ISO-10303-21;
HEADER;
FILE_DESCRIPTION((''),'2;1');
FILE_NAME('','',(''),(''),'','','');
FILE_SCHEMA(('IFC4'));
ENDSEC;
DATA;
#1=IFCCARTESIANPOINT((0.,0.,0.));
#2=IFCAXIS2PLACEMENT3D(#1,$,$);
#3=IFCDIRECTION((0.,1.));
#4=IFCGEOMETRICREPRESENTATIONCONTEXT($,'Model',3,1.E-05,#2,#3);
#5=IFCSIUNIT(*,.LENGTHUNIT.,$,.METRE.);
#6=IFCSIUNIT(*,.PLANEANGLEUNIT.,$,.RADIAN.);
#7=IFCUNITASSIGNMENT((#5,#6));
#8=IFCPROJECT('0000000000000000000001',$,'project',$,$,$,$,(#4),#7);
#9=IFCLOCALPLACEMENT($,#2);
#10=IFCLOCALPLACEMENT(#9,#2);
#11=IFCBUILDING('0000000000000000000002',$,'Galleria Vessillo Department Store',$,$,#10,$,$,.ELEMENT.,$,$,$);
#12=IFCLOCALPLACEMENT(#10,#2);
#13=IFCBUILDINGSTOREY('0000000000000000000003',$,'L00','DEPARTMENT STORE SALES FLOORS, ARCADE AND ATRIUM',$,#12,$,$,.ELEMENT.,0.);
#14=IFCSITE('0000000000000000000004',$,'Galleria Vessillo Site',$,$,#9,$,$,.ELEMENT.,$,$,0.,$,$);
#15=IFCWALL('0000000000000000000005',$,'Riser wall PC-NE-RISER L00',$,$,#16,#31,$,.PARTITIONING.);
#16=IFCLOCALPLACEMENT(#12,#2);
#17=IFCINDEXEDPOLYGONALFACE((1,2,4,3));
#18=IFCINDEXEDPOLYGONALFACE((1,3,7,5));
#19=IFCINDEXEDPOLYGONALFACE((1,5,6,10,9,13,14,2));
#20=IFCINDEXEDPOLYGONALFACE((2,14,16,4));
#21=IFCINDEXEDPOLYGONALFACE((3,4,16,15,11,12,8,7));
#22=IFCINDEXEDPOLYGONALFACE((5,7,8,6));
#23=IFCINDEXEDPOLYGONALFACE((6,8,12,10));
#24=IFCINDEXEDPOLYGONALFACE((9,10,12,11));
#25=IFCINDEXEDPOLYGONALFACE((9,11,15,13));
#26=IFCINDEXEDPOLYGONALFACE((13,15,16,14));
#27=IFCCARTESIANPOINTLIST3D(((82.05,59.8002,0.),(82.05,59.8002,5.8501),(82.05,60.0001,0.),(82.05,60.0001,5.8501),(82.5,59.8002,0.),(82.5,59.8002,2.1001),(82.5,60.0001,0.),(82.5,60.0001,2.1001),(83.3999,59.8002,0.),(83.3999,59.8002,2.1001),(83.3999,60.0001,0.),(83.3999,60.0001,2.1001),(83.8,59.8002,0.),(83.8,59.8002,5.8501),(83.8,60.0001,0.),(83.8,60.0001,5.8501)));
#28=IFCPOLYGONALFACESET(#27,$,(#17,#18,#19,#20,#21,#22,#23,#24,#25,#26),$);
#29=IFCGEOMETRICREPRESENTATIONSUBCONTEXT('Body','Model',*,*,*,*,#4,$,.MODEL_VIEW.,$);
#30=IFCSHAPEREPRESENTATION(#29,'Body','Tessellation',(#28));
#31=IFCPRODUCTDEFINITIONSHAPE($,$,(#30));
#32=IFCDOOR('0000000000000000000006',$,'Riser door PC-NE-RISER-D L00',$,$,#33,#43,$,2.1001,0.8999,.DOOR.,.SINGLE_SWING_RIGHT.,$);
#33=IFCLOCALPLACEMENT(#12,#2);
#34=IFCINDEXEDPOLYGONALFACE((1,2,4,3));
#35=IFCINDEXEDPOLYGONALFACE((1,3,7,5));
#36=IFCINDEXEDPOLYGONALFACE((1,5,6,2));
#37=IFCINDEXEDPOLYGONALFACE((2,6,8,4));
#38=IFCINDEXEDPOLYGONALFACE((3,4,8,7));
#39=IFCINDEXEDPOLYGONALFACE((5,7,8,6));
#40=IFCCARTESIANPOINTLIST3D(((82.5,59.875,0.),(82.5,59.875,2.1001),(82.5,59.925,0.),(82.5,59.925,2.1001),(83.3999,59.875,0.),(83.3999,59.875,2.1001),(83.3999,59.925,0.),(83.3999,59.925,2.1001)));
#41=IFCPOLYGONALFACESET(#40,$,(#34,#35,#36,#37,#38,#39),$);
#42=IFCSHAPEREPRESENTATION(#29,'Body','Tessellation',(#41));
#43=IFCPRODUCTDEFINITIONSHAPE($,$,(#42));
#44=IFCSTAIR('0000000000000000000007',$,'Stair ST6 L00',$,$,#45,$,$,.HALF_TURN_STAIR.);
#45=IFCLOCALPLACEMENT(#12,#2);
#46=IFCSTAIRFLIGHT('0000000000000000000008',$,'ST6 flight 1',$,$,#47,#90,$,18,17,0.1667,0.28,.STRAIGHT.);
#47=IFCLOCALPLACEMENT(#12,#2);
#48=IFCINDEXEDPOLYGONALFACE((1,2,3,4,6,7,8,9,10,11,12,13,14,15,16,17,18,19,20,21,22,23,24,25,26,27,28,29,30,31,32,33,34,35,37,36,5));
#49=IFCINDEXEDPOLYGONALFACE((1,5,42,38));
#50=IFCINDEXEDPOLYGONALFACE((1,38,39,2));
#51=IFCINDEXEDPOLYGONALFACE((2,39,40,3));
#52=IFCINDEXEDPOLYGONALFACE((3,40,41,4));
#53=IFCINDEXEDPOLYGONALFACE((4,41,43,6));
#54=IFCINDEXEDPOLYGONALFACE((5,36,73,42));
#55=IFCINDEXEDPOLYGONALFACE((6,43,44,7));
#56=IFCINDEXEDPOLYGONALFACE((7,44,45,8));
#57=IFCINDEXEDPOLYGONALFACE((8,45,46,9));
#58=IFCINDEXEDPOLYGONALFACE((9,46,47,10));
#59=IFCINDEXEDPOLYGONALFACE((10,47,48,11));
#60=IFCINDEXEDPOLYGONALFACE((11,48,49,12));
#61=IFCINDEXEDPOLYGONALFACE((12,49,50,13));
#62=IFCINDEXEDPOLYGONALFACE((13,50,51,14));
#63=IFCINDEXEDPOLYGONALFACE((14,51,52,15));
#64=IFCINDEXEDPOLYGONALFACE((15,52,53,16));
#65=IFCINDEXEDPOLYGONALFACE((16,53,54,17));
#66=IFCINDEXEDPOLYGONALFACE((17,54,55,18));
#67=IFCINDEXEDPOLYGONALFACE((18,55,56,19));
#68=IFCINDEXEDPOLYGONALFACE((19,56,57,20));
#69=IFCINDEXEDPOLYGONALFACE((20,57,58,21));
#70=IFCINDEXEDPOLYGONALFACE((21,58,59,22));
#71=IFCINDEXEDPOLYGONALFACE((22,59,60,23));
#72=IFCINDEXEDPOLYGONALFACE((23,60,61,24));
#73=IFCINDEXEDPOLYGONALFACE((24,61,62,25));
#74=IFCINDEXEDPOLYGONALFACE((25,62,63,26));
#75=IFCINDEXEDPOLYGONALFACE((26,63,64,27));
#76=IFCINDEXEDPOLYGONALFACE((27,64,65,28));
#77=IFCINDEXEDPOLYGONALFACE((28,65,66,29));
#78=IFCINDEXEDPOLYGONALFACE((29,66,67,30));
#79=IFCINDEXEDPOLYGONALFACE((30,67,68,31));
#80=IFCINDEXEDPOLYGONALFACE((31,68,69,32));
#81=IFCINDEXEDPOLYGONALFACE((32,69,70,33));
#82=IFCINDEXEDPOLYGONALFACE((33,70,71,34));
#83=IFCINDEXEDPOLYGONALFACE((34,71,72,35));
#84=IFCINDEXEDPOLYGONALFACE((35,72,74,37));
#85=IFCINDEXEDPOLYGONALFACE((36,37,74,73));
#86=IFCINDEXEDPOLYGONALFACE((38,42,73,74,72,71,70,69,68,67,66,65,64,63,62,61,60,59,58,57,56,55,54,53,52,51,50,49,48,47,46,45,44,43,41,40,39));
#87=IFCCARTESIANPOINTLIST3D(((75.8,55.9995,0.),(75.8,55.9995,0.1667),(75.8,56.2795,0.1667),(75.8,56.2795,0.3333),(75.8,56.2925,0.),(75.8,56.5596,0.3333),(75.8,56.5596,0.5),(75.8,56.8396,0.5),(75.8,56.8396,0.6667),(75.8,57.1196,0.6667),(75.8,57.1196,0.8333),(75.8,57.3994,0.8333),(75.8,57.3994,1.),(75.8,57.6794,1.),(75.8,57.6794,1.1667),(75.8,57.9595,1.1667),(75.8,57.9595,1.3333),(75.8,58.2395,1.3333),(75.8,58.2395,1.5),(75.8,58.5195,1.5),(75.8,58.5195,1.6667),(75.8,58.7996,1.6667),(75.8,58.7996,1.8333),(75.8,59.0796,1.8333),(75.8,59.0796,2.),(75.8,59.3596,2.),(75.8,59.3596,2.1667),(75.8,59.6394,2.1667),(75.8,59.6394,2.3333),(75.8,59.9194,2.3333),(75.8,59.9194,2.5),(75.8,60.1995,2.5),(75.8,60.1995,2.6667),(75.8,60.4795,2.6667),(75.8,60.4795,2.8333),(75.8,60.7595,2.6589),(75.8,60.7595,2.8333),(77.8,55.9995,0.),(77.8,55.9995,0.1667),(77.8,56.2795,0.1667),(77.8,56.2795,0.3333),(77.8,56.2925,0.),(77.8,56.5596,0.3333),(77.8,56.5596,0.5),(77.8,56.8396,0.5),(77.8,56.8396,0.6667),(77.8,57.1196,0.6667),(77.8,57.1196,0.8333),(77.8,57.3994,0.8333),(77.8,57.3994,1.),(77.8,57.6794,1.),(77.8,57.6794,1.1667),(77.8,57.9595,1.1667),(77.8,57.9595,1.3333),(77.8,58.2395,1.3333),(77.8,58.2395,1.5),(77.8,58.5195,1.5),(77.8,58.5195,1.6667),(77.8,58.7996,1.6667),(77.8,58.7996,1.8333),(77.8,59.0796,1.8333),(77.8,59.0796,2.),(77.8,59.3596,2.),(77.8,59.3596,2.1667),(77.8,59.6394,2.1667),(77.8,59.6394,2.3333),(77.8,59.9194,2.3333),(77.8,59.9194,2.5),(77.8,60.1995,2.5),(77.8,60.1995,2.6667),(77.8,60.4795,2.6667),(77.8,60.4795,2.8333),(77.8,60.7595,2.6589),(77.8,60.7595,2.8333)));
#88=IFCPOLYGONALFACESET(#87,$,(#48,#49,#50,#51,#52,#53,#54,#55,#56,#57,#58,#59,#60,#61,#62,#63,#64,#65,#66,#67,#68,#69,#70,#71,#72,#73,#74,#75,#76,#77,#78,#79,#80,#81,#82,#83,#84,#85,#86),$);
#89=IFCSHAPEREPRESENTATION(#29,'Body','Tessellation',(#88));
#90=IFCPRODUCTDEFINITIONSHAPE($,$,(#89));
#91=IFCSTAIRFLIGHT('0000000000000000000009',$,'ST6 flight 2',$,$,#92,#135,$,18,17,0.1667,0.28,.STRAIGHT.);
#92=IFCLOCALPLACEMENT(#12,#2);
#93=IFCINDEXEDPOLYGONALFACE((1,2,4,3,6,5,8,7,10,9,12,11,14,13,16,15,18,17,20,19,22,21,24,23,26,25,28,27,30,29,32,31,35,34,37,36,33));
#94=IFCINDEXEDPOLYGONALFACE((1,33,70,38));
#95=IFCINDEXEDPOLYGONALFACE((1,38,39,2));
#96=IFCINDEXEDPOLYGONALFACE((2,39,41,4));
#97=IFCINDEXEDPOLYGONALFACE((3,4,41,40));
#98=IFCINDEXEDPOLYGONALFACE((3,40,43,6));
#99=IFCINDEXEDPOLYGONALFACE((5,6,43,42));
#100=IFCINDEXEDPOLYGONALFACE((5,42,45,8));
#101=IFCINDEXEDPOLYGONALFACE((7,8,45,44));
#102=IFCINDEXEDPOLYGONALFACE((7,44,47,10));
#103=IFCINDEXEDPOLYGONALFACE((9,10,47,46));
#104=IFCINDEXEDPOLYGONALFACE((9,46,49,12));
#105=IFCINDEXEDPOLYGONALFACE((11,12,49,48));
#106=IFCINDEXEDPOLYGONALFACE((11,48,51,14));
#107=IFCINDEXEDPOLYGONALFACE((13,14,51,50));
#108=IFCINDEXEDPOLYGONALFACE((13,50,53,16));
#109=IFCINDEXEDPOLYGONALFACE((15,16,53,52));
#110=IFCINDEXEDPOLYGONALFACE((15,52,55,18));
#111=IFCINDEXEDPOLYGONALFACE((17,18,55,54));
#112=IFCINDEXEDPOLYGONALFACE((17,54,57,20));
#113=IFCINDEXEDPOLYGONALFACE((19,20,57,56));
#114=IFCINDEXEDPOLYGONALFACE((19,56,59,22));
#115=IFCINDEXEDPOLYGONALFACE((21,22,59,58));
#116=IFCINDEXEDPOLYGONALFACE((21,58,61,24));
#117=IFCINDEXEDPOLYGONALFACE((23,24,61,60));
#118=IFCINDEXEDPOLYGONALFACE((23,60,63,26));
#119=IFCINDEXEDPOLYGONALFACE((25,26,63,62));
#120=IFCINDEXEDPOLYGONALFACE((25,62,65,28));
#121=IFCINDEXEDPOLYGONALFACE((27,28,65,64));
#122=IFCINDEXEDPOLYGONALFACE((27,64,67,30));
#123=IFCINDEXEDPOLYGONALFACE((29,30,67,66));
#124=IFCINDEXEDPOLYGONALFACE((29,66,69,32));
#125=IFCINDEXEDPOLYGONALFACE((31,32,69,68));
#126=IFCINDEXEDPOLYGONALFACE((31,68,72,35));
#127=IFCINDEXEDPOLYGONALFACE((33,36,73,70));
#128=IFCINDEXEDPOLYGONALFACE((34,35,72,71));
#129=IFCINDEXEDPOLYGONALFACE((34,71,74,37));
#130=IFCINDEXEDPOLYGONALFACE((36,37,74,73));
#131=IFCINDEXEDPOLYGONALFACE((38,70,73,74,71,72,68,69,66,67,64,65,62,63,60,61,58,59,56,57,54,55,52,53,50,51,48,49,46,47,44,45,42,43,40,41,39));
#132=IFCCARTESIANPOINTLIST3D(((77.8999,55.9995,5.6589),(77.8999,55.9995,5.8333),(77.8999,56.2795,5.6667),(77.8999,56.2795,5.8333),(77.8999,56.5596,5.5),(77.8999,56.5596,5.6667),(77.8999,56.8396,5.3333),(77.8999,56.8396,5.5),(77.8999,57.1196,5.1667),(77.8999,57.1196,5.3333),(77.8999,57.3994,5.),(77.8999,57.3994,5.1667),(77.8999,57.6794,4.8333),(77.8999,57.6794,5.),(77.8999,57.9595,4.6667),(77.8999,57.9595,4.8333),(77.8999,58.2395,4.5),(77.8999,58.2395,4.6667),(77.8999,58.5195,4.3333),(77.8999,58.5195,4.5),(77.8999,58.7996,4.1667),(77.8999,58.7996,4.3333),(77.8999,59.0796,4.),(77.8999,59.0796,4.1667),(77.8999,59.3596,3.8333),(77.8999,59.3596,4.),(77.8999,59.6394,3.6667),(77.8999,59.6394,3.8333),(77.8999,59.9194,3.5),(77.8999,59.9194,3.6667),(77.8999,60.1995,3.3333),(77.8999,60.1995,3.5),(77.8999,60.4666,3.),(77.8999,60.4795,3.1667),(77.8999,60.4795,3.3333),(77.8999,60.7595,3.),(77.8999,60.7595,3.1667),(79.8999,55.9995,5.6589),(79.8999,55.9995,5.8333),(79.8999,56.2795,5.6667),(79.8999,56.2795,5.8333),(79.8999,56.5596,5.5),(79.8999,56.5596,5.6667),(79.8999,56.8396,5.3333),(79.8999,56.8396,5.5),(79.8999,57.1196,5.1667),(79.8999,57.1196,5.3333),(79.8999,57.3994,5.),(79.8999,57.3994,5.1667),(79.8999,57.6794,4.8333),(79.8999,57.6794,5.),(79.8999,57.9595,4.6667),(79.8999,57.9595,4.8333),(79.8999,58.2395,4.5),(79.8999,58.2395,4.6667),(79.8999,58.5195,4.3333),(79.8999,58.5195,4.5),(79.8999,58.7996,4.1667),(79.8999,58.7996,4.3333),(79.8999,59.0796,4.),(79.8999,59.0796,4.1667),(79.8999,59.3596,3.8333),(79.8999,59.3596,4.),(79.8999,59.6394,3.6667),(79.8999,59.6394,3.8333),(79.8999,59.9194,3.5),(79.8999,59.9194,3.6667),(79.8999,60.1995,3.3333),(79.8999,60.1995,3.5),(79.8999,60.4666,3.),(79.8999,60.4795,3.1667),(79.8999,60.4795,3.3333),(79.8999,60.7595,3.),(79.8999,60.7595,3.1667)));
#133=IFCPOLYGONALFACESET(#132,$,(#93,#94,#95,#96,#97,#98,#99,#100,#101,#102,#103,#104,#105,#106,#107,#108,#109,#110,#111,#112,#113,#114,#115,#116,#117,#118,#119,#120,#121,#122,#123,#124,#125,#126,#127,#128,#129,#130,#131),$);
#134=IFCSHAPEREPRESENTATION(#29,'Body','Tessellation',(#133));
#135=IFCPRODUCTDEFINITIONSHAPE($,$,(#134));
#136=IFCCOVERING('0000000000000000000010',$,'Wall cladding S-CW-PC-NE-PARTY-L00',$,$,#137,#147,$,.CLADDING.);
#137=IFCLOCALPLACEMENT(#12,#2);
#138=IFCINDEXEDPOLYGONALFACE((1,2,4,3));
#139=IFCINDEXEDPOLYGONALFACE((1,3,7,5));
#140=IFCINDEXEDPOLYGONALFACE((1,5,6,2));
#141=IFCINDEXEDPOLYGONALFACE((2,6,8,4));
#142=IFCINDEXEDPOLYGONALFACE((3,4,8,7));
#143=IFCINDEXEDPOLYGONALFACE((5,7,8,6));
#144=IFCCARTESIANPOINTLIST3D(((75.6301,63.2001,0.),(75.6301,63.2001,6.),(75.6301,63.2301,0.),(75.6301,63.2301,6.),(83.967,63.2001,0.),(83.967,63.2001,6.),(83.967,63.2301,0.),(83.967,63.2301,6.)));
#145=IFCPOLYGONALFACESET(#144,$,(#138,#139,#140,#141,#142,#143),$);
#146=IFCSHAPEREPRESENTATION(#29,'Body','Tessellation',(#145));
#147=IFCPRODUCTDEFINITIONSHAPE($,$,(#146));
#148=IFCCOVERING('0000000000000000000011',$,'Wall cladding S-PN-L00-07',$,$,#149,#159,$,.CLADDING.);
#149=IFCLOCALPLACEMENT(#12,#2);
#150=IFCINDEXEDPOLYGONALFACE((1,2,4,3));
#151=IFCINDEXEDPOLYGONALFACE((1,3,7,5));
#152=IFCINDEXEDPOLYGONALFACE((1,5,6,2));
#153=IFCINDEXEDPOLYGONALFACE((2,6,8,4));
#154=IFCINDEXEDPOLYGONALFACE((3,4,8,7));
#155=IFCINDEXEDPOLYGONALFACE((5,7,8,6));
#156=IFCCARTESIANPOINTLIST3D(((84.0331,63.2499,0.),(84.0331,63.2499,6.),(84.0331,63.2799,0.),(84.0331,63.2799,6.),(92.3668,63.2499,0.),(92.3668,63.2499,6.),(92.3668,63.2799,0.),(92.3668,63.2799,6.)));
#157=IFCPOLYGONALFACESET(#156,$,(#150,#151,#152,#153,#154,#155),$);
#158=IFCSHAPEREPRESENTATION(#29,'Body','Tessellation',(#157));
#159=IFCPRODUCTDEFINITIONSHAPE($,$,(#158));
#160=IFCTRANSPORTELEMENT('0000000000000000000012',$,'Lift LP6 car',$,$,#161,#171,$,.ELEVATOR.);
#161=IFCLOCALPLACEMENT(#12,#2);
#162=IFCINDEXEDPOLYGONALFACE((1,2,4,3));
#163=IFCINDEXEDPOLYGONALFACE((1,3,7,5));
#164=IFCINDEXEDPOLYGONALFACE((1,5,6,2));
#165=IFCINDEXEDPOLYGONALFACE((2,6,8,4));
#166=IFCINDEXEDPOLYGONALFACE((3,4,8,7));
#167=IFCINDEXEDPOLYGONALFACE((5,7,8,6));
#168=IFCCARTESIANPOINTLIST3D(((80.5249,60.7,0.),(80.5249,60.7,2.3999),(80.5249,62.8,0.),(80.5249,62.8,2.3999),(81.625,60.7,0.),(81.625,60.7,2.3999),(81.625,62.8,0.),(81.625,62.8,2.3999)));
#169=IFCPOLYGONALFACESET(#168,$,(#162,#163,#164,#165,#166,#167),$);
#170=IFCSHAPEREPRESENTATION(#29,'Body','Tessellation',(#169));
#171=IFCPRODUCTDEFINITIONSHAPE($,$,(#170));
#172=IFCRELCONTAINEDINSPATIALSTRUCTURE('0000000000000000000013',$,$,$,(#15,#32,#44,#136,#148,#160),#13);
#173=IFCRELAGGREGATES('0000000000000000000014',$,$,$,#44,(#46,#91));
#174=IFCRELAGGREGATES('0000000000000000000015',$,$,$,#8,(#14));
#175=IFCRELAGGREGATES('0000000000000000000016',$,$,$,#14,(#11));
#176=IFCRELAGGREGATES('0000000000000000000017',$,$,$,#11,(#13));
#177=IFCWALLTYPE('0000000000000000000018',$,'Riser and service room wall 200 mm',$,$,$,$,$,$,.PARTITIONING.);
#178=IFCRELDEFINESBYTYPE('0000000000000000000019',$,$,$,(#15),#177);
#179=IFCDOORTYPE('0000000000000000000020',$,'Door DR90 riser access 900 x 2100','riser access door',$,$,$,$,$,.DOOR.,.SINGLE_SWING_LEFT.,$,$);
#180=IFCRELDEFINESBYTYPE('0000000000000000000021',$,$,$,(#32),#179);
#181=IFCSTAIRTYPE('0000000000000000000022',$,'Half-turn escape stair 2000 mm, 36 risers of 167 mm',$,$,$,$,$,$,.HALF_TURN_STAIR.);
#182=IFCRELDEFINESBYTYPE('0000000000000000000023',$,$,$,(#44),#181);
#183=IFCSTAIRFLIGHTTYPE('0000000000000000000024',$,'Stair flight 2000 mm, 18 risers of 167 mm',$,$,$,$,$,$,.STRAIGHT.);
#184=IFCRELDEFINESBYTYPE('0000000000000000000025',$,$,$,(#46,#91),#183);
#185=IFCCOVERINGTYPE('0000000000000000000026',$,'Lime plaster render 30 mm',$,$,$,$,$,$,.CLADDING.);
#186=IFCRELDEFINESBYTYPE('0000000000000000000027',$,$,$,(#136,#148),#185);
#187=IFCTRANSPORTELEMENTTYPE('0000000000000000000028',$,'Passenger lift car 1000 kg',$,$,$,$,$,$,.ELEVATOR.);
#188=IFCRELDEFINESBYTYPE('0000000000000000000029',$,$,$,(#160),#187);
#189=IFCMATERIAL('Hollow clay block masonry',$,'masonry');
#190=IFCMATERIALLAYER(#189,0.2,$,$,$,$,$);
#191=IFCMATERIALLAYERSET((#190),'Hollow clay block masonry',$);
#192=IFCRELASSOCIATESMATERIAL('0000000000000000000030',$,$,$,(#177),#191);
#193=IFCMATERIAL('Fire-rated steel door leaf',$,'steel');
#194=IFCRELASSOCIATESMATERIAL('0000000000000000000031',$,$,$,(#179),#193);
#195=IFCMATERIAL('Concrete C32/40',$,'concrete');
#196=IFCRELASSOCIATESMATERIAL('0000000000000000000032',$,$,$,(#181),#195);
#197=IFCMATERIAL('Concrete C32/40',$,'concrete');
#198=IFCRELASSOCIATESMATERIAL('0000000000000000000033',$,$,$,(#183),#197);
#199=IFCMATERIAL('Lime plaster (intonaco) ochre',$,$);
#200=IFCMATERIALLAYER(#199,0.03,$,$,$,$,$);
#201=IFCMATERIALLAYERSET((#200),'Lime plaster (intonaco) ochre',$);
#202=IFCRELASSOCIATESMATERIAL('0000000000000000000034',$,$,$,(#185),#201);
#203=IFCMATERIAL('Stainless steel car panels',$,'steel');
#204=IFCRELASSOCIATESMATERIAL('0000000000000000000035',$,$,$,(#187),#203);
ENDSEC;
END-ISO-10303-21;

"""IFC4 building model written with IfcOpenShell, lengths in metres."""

from ifc_helpers import new_model, si_unit, direction, frame, frame_2d, origin, origin_2d, place, context, subcontext, project, spatial, polyline, rectangle, outline, extrude, material, layer, layer_set, type_object, element, fill, aggregate, save


model = new_model("IFC4")

# Units and contexts
model_context = context("Model", 3, precision=1e-05, world=origin(), true_north=direction((0.0, 1.0)))
body_context = subcontext(model_context, "Body", "Model", "MODEL_VIEW")
ifc_project = project(units=[si_unit("LENGTHUNIT", "METRE"), si_unit("PLANEANGLEUNIT", "RADIAN")], contexts=[model_context])

# Site, building, storey
site_placement = place(None, origin())
site = spatial("IfcSite", under=ifc_project, at=site_placement, Name="Galleria Vessillo Site", CompositionType="ELEMENT", RefElevation=0.0)
building_placement = place(site_placement, origin())
building = spatial("IfcBuilding", under=site, at=building_placement, Name="Galleria Vessillo Department Store", CompositionType="ELEMENT")
storey_placement = place(building_placement, origin())
storey = spatial("IfcBuildingStorey", under=building, at=storey_placement, Name="L00", Description="DEPARTMENT STORE SALES FLOORS, ARCADE AND ATRIUM", CompositionType="ELEMENT", Elevation=0.0)

# Wall, opening, door
ifc_material_1 = material(Name="Hollow clay block masonry", Category="masonry")
ifc_layer_1 = layer(ifc_material_1, 0.2)
ifc_layer_set_1 = layer_set([ifc_layer_1], Name="Hollow clay block masonry")
wall_type_1 = type_object("IfcWallType", Name="Riser and service room wall 200 mm", PredefinedType="PARTITIONING", material=ifc_layer_set_1)
wall_1_placement = place(storey_placement, frame((82.05, 59.9001, 0.0), z_axis=(0.0, 0.0, 1.0), x_axis=(1.0, 0.0, 0.0)))
wall_1 = element("IfcWall", 1, at=wall_1_placement, inside=storey, type_object=wall_type_1, Name="Riser wall PC-NE-RISER L00", PredefinedType="PARTITIONING", context=body_context, shape_type="SweptSolid", body=[
    extrude(rectangle(XDim=1.75, YDim=0.2, at=frame_2d((0.875, 0.0))), origin(), (0.0, 0.0, 1.0), 5.8501),
])
opening_1_placement = place(wall_1_placement, frame((0.45, 0.0, 0.0)))
opening_1 = element("IfcOpeningElement", 2, at=opening_1_placement, cuts=wall_1, PredefinedType="OPENING", context=body_context, shape_type="SweptSolid", body=[
    extrude(rectangle(XDim=0.8999, YDim=2.1001, at=frame_2d((0.45, 1.05))), frame((0.0, 0.1099, 0.0), z_axis=(0.0, -1.0, 0.0), x_axis=(1.0, 0.0, 0.0)), (0.0, 0.0, 1.0), 0.22),
])
ifc_material_2 = material(Name="Fire-rated steel door leaf", Category="steel")
door_type_1 = type_object("IfcDoorType", Name="Door DR90 riser access 900 x 2100", Description="riser access door", OperationType="SINGLE_SWING_LEFT", PredefinedType="DOOR", material=ifc_material_2)
door_1_placement = place(opening_1_placement, origin())
door_1 = element("IfcDoor", 3, at=door_1_placement, inside=storey, type_object=door_type_1, Name="Riser door PC-NE-RISER-D L00", OperationType="SINGLE_SWING_RIGHT", OverallHeight=2.1001, OverallWidth=0.8999, PredefinedType="DOOR", context=body_context, shape_type="SweptSolid", body=[
    extrude(rectangle(XDim=0.8999, YDim=2.1001, at=frame_2d((0.45, 1.05))), frame((0.0, 0.0249, 0.0), z_axis=(0.0, -1.0, 0.0), x_axis=(1.0, 0.0, 0.0)), (0.0, 0.0, 1.0), 0.05),
])
fill(opening_1, door_1)

# Stair, stair flights
ifc_material_3 = material(Name="Concrete C32/40", Category="concrete")
stair_type = type_object("IfcStairType", Name="Half-turn escape stair 2000 mm, 36 risers of 167 mm", PredefinedType="HALF_TURN_STAIR", material=ifc_material_3)
stair_placement = place(storey_placement, origin())
stair = element("IfcStair", 4, at=stair_placement, inside=storey, type_object=stair_type, Name="Stair ST6 L00", PredefinedType="HALF_TURN_STAIR")
ifc_material_4 = material(Name="Concrete C32/40", Category="concrete")
stair_flight_type = type_object("IfcStairFlightType", Name="Stair flight 2000 mm, 18 risers of 167 mm", PredefinedType="STRAIGHT", material=ifc_material_4)
stair_flight_1_placement = place(storey_placement, frame((76.8, 55.9995, 0.0), z_axis=(0.0, 0.0, 1.0), x_axis=(0.0, 1.0, 0.0)))
stair_flight_1 = element("IfcStairFlight", 5, at=stair_flight_1_placement, type_object=stair_flight_type, Name="ST6 flight 1", NumberOfRisers=18, NumberOfTreads=17, PredefinedType="STRAIGHT", RiserHeight=0.1667, TreadLength=0.28, context=body_context, shape_type="SweptSolid", body=[
    extrude(outline(polyline([(0.0, 0.0), (0.0, 0.1667), (0.28, 0.1667), (0.28, 0.3333), (0.5601, 0.3333), (0.5601, 0.5), (0.8401, 0.5), (0.8401, 0.6667), (1.1201, 0.6667), (1.1201, 0.8333), (1.3999, 0.8333), (1.3999, 1.0), (1.6799, 1.0), (1.6799, 1.1667), (1.96, 1.1667), (1.96, 1.3333), (2.24, 1.3333), (2.24, 1.5), (2.52, 1.5), (2.52, 1.6667), (2.8, 1.6667), (2.8, 1.8333), (3.0801, 1.8333), (3.0801, 2.0), (3.3601, 2.0), (3.3601, 2.1667), (3.6399, 2.1667), (3.6399, 2.3333), (3.9199, 2.3333), (3.9199, 2.5), (4.2, 2.5), (4.2, 2.6667), (4.48, 2.6667), (4.48, 2.8333), (4.76, 2.8333), (4.76, 3.0), (4.76, 2.6589), (0.293, 0.0), (0.0, 0.0)])), frame((0.0, 1.0, 0.0), z_axis=(0.0, -1.0, 0.0), x_axis=(1.0, 0.0, 0.0)), (0.0, 0.0, 1.0), 2.0),
])
stair_flight_2_placement = place(storey_placement, frame((78.8999, 60.7595, 3.0), z_axis=(0.0, 0.0, 1.0), x_axis=(0.0, -1.0, 0.0)))
stair_flight_2 = element("IfcStairFlight", 6, at=stair_flight_2_placement, type_object=stair_flight_type, Name="ST6 flight 2", NumberOfRisers=18, NumberOfTreads=17, PredefinedType="STRAIGHT", RiserHeight=0.1667, TreadLength=0.28, context=body_context, shape_type="SweptSolid", body=[
    extrude(outline(polyline([(0.0, 0.0), (0.0, 0.1667), (0.28, 0.1667), (0.28, 0.3333), (0.5601, 0.3333), (0.5601, 0.5), (0.8401, 0.5), (0.8401, 0.6667), (1.1201, 0.6667), (1.1201, 0.8333), (1.3999, 0.8333), (1.3999, 1.0), (1.6799, 1.0), (1.6799, 1.1667), (1.96, 1.1667), (1.96, 1.3333), (2.24, 1.3333), (2.24, 1.5), (2.52, 1.5), (2.52, 1.6667), (2.8, 1.6667), (2.8, 1.8333), (3.0801, 1.8333), (3.0801, 2.0), (3.3601, 2.0), (3.3601, 2.1667), (3.6399, 2.1667), (3.6399, 2.3333), (3.9199, 2.3333), (3.9199, 2.5), (4.2, 2.5), (4.2, 2.6667), (4.48, 2.6667), (4.48, 2.8333), (4.76, 2.8333), (4.76, 3.0), (4.76, 2.6589), (0.293, 0.0), (0.0, 0.0)])), frame((0.0, 1.0, 0.0), z_axis=(0.0, -1.0, 0.0), x_axis=(1.0, 0.0, 0.0)), (0.0, 0.0, 1.0), 2.0),
])
aggregate(stair, [stair_flight_1, stair_flight_2])

# Coverings
ifc_material_5 = material(Name="Lime plaster (intonaco) ochre")
ifc_layer_2 = layer(ifc_material_5, 0.03)
ifc_layer_set_2 = layer_set([ifc_layer_2], Name="Lime plaster (intonaco) ochre")
covering_type = type_object("IfcCoveringType", Name="Lime plaster render 30 mm", PredefinedType="CLADDING", material=ifc_layer_set_2)
covering_1_placement = place(storey_placement, frame((79.7986, 63.2151, 0.0), z_axis=(0.0, 0.0, 1.0), x_axis=(1.0, 0.0, 0.0)))
element("IfcCovering", 7, at=covering_1_placement, inside=storey, type_object=covering_type, Name="Wall cladding S-CW-PC-NE-PARTY-L00", PredefinedType="CLADDING", context=body_context, shape_type="SweptSolid", body=[
    extrude(rectangle(XDim=8.3369, YDim=0.03, at=origin_2d()), origin(), (0.0, 0.0, 1.0), 6.0),
])
covering_2_placement = place(storey_placement, frame((88.2, 63.2649, 0.0), z_axis=(0.0, 0.0, 1.0), x_axis=(1.0, 0.0, 0.0)))
element("IfcCovering", 8, at=covering_2_placement, inside=storey, type_object=covering_type, Name="Wall cladding S-PN-L00-07", PredefinedType="CLADDING", context=body_context, shape_type="SweptSolid", body=[
    extrude(rectangle(XDim=8.3337, YDim=0.03, at=origin_2d()), origin(), (0.0, 0.0, 1.0), 6.0),
])

# Transport element
ifc_material_6 = material(Name="Stainless steel car panels", Category="steel")
transport_element_type = type_object("IfcTransportElementType", Name="Passenger lift car 1000 kg", PredefinedType="ELEVATOR", material=ifc_material_6)
transport_element_placement = place(storey_placement, frame((81.075, 61.75, 0.0), z_axis=(0.0, 0.0, 1.0), x_axis=(1.0, 0.0, 0.0)))
element("IfcTransportElement", 9, at=transport_element_placement, inside=storey, type_object=transport_element_type, Name="Lift LP6 car", PredefinedType="ELEVATOR", context=body_context, shape_type="SweptSolid", body=[
    extrude(rectangle(XDim=1.1001, YDim=2.1001, at=origin_2d()), origin(), (0.0, 0.0, 1.0), 2.3999),
])

save(model, "model.ifc")
